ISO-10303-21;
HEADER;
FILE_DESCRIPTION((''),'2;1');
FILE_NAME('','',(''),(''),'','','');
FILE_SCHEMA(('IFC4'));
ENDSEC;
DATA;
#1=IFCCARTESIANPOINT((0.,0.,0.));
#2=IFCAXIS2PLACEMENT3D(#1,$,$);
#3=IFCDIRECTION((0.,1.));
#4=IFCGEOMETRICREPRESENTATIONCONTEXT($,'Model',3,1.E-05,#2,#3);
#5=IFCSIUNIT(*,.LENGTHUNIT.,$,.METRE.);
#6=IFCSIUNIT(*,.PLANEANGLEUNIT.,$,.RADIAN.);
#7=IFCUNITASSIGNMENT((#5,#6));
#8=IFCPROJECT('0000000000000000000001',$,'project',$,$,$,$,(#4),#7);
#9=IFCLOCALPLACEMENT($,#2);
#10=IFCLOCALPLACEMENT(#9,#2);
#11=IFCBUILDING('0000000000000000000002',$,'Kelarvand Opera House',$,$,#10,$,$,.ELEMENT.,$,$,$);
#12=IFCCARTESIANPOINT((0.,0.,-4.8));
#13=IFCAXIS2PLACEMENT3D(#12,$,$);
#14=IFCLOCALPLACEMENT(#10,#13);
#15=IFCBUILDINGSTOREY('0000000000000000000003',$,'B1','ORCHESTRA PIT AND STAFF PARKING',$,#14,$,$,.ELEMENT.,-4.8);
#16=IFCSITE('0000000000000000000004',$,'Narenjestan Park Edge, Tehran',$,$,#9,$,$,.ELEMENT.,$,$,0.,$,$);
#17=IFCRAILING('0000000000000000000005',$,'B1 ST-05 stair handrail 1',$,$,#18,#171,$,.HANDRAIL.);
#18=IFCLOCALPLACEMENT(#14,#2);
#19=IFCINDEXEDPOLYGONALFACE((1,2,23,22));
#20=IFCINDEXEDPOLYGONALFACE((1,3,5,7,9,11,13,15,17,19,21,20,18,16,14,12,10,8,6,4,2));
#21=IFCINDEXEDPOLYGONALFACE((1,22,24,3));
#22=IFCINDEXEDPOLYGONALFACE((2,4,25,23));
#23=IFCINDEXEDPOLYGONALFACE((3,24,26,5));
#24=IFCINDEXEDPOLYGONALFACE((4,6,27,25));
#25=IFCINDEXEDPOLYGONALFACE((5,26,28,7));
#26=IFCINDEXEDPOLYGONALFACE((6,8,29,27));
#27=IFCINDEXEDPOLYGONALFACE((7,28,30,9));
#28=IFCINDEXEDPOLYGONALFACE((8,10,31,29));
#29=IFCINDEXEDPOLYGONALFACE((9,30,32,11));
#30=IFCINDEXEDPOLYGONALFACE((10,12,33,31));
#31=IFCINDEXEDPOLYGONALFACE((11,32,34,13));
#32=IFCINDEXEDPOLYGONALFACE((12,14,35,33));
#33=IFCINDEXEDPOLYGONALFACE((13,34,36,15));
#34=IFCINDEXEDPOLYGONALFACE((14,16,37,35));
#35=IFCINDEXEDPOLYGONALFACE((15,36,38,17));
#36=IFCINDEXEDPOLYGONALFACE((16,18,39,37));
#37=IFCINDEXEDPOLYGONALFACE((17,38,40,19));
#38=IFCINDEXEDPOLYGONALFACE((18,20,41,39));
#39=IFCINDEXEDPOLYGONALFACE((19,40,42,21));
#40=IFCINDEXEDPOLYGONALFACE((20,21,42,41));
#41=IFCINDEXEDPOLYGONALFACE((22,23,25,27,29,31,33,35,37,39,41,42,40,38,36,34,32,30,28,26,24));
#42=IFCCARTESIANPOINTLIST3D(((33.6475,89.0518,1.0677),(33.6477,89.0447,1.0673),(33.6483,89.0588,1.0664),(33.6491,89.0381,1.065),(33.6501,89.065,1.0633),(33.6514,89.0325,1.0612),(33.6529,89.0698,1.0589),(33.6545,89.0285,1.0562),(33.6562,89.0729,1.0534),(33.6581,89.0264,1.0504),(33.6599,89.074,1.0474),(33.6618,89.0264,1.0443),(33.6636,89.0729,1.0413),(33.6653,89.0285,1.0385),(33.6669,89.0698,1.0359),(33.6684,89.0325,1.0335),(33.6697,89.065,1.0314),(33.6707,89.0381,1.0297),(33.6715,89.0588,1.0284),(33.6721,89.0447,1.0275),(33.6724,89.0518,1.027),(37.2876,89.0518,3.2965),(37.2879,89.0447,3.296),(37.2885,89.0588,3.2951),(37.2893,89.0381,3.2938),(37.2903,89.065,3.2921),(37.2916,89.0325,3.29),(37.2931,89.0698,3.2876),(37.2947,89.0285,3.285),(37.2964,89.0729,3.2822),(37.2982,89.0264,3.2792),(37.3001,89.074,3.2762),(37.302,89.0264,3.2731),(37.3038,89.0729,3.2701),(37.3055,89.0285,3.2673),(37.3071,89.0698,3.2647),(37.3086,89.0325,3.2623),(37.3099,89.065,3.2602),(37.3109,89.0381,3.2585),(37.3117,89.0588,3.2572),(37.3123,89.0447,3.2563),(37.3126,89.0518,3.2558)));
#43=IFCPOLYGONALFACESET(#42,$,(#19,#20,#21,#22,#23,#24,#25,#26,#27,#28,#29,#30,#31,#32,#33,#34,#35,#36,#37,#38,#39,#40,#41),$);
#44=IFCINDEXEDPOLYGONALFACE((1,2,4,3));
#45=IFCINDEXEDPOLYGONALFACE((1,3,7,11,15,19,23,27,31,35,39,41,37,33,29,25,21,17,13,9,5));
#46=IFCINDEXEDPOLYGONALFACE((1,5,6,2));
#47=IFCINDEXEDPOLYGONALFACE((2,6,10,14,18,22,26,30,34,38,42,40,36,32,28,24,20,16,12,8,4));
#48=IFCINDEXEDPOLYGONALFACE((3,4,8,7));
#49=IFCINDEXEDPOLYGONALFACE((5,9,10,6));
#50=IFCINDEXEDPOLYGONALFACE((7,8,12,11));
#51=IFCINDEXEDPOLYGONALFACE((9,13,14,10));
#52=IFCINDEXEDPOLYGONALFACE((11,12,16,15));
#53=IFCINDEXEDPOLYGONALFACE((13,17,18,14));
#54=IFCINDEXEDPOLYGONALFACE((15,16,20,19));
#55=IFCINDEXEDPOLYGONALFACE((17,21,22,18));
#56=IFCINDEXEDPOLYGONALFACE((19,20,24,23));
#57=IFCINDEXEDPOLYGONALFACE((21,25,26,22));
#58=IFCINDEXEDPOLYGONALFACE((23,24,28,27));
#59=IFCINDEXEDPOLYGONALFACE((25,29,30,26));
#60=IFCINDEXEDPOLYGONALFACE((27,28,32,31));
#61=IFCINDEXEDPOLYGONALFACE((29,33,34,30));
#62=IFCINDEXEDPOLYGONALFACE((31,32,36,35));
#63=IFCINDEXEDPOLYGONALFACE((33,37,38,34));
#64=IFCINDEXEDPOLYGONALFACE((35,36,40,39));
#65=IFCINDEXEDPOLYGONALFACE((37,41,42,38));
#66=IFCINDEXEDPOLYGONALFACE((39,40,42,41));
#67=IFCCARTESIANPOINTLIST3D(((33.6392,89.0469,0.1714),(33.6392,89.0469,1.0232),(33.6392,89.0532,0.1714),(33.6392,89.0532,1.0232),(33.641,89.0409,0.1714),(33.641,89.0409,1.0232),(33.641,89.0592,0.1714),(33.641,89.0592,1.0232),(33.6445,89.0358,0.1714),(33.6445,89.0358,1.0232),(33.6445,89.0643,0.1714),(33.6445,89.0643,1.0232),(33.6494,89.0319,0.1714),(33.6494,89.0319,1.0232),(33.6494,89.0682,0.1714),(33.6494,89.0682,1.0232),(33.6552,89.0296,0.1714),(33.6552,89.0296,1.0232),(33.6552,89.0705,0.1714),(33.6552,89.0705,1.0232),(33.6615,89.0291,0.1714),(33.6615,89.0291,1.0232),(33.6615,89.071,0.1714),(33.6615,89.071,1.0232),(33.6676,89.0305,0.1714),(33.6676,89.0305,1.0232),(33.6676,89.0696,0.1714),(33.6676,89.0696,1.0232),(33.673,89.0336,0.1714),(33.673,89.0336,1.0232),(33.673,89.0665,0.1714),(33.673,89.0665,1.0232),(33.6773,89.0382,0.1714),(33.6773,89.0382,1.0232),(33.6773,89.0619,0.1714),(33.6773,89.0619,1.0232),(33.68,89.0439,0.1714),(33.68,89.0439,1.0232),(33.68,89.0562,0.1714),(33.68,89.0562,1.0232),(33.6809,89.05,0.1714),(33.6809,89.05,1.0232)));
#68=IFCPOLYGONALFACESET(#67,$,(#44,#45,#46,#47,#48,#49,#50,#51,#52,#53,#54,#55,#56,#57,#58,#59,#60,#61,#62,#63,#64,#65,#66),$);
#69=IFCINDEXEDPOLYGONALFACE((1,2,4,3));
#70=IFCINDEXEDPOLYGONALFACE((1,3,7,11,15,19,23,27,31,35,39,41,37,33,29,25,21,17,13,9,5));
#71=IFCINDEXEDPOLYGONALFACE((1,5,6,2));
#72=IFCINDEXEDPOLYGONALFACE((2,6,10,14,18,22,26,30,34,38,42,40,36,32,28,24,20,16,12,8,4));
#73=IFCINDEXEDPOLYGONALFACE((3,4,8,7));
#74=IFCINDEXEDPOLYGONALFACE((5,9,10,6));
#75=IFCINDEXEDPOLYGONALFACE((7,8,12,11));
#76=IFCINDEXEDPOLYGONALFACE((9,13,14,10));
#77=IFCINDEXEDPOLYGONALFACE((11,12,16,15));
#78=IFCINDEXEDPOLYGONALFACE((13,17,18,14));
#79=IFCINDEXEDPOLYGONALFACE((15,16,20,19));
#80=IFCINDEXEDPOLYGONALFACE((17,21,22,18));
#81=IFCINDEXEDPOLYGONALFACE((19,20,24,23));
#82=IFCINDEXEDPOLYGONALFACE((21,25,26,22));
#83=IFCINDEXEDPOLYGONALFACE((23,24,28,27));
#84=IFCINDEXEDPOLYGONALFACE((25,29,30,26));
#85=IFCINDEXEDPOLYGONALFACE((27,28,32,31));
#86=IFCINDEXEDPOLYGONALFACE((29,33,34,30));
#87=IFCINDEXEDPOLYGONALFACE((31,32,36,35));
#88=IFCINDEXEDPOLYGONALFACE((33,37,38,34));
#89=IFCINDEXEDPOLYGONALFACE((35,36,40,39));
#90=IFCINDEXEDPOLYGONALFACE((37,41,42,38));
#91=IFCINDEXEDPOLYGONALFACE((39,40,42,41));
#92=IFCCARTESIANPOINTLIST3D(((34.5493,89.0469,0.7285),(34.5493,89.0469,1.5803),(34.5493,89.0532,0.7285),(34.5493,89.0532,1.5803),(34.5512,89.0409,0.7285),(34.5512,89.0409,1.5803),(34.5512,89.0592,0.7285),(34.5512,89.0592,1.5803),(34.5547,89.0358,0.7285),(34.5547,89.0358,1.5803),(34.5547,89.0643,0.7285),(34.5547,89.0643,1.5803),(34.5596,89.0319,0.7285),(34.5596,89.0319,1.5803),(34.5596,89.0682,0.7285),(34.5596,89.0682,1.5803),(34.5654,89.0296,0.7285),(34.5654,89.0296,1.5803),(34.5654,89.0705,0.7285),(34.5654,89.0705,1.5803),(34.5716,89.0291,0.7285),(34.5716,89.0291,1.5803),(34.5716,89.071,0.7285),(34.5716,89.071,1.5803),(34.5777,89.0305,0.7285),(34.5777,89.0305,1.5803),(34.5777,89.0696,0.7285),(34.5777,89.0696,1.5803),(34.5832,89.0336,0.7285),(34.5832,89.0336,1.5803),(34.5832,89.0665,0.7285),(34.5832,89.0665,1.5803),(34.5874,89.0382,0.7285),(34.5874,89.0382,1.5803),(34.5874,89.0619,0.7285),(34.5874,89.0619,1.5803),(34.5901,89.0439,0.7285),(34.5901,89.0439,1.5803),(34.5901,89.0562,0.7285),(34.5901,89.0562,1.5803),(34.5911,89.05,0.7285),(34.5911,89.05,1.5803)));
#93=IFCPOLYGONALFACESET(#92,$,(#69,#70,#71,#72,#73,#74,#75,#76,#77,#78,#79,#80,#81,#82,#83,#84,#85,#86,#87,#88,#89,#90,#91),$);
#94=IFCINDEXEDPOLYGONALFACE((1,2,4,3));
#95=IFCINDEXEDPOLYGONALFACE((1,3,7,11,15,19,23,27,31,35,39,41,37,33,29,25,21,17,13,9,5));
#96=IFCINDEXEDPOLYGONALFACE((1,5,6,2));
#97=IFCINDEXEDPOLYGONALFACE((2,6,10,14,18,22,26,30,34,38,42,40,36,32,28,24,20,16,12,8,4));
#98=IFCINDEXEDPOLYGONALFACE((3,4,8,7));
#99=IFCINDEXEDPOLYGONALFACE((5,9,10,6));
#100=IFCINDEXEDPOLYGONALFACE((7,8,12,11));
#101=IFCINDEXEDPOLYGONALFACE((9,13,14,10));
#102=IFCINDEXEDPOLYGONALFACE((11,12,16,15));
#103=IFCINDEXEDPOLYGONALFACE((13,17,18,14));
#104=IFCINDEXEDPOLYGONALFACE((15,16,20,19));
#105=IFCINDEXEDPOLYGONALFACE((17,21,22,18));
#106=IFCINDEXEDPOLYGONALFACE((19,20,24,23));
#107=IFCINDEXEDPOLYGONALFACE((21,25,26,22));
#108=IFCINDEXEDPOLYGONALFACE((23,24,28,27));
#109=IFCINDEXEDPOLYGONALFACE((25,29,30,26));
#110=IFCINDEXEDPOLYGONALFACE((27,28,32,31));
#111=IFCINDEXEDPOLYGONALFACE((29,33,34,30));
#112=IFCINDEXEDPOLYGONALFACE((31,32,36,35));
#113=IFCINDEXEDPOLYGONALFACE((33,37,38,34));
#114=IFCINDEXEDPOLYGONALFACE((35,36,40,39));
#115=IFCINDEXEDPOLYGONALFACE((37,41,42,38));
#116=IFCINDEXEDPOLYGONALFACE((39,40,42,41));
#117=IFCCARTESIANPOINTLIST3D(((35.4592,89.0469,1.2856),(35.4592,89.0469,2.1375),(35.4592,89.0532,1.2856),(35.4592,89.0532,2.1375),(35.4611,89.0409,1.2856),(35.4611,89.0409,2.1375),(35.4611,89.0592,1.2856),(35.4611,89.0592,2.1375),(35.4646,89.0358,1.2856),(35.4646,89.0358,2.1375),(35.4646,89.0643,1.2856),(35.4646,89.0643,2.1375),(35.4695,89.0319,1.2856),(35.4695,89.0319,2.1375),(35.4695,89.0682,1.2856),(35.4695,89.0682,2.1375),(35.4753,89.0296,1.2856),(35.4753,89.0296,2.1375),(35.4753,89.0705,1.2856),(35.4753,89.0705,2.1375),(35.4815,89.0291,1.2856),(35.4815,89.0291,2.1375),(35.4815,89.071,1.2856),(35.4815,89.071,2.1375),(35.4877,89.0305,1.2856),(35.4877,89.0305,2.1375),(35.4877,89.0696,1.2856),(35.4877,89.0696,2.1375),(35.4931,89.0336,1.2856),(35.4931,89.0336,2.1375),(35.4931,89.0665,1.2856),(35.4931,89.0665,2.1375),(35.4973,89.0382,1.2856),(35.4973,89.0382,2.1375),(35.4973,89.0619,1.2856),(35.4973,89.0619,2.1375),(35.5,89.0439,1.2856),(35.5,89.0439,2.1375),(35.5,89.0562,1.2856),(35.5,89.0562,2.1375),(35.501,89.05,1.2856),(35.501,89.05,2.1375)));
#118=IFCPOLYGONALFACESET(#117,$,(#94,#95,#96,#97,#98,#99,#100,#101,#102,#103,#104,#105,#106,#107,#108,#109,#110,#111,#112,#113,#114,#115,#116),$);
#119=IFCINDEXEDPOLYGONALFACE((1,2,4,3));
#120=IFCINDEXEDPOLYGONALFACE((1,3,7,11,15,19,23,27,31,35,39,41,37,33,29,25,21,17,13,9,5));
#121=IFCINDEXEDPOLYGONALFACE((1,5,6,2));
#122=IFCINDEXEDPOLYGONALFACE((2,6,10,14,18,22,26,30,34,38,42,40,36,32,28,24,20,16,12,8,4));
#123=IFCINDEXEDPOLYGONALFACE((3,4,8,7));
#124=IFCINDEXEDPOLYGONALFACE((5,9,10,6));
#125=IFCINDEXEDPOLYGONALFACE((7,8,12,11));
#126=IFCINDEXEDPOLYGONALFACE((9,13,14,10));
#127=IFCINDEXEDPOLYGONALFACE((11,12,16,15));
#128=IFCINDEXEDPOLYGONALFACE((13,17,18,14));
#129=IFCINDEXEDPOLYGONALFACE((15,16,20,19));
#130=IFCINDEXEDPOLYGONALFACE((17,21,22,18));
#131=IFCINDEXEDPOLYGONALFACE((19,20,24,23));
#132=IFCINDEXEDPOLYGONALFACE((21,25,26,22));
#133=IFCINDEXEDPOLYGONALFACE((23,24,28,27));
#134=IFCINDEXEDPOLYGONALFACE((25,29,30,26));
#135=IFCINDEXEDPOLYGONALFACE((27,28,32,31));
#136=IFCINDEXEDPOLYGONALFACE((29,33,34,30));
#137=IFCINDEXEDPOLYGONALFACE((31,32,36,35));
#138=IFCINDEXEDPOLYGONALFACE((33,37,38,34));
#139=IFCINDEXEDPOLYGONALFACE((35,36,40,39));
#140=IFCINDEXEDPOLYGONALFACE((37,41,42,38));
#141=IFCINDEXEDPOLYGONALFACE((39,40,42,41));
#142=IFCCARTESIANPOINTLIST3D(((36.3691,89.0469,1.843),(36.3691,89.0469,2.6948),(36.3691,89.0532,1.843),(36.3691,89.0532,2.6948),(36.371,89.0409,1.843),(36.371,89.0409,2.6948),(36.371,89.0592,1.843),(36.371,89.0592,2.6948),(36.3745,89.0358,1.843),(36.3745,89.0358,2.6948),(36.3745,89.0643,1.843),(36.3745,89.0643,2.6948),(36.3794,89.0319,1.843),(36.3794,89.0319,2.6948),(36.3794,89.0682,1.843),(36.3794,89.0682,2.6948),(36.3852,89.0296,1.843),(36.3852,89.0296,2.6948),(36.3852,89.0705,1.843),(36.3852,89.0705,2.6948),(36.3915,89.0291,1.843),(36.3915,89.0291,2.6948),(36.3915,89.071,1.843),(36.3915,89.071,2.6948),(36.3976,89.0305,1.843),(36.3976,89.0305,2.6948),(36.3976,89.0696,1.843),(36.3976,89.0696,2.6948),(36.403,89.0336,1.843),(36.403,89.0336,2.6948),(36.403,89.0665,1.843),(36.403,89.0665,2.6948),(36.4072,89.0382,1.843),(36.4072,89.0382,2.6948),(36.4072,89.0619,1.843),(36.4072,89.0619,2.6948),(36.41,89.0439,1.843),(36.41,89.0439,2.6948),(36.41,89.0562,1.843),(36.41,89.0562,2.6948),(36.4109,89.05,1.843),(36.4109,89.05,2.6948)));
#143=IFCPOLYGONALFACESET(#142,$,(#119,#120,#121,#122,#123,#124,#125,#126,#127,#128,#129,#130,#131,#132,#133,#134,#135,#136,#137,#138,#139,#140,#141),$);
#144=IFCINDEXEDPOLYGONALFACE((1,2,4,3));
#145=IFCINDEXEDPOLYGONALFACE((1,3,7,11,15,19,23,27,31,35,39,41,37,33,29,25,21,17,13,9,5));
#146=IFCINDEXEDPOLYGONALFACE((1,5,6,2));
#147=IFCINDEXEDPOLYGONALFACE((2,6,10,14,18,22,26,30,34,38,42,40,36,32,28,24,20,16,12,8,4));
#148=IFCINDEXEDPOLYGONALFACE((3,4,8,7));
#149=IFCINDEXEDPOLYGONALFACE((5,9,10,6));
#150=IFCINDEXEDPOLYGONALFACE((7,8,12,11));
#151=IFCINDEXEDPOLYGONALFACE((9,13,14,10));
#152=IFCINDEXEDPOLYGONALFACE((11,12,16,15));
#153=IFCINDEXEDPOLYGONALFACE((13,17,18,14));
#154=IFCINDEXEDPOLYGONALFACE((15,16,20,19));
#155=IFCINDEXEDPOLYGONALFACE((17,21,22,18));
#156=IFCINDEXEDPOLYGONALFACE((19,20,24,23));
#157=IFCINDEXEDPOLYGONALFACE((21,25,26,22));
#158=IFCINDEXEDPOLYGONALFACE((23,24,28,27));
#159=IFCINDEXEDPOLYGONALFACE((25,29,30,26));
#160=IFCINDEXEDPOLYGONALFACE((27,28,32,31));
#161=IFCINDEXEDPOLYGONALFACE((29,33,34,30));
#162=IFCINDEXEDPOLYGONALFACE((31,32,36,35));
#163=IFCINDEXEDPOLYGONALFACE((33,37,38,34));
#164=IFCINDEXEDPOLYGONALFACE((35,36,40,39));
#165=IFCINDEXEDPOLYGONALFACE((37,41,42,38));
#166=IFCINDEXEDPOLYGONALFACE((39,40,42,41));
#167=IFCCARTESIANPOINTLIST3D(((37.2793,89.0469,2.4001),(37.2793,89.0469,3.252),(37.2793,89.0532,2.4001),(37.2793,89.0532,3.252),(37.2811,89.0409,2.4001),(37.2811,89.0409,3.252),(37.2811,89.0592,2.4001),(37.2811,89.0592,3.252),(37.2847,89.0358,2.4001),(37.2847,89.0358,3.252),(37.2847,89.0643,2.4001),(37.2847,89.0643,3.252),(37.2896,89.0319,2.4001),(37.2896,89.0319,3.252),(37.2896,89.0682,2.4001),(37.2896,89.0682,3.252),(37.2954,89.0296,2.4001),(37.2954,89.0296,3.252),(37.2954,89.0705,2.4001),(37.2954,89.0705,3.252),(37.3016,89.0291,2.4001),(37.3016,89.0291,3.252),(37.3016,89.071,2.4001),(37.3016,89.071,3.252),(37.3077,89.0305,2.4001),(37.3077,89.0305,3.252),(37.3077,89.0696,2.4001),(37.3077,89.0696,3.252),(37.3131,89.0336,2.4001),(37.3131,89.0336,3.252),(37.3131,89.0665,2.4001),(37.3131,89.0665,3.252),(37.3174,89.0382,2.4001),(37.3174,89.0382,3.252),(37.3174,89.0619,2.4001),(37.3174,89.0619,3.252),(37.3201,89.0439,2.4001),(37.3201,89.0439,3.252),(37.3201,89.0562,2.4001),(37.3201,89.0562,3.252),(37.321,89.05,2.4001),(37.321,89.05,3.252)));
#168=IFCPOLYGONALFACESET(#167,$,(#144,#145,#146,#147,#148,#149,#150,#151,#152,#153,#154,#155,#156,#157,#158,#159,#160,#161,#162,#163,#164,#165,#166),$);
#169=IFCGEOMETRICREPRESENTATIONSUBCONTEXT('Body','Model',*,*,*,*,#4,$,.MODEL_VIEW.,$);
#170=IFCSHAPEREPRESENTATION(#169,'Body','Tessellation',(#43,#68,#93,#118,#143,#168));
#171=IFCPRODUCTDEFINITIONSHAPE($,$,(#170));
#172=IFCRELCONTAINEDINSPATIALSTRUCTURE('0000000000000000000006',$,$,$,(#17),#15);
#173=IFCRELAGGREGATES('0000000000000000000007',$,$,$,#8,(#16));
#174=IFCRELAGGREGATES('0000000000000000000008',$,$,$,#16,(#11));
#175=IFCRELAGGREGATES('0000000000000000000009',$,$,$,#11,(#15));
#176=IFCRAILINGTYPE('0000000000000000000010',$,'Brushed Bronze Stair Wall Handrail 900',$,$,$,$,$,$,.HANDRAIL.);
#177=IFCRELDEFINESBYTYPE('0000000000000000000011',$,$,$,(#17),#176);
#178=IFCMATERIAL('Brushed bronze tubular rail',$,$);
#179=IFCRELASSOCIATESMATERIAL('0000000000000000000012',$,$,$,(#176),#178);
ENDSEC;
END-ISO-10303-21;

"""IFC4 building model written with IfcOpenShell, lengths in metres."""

from ifc_helpers import new_model, si_unit, direction, frame, origin, origin_2d, place, context, subcontext, project, spatial, circle, extrude, material, type_object, element, save


model = new_model("IFC4")

# Units and contexts
model_context = context("Model", 3, precision=1e-05, world=origin(), true_north=direction((0.0, 1.0)))
body_context = subcontext(model_context, "Body", "Model", "MODEL_VIEW")
ifc_project = project(units=[si_unit("LENGTHUNIT", "METRE"), si_unit("PLANEANGLEUNIT", "RADIAN")], contexts=[model_context])

# Site, building, storey
site_placement = place(None, origin())
site = spatial("IfcSite", under=ifc_project, at=site_placement, Name="Narenjestan Park Edge, Tehran", CompositionType="ELEMENT", RefElevation=0.0)
building_placement = place(site_placement, origin())
building = spatial("IfcBuilding", under=site, at=building_placement, Name="Kelarvand Opera House", CompositionType="ELEMENT")
storey_placement = place(building_placement, frame((0.0, 0.0, -4.8)))
storey = spatial("IfcBuildingStorey", under=building, at=storey_placement, Name="B1", Description="ORCHESTRA PIT AND STAFF PARKING", CompositionType="ELEMENT", Elevation=-4.8)

# Railing
ifc_material_1 = material(Name="Brushed bronze tubular rail")
railing_type_1 = type_object("IfcRailingType", Name="Brushed Bronze Stair Wall Handrail 900", PredefinedType="HANDRAIL", material=ifc_material_1)
railing_1_placement = place(storey_placement, frame((33.6599, 89.05, 0.1714)))
element("IfcRailing", 1, at=railing_1_placement, inside=storey, type_object=railing_type_1, Name="B1 ST-05 stair handrail 1", PredefinedType="HANDRAIL", context=body_context, shape_type="SweptSolid", body=[
    extrude(circle(Radius=0.0239, at=origin_2d()), frame((0.0, 0.0, 0.876), z_axis=(0.85284, 0.0, 0.522172), x_axis=(0.0, 1.0, 0.0)), (0.0, 0.0, 1.0), 4.2683),
    extrude(circle(Radius=0.021, at=origin_2d()), origin(), (0.0, 0.0, 1.0), 0.8518),
    extrude(circle(Radius=0.021, at=origin_2d()), frame((0.9102, 0.0, 0.5571)), (0.0, 0.0, 1.0), 0.8518),
    extrude(circle(Radius=0.021, at=origin_2d()), frame((1.8201, 0.0, 1.1143)), (0.0, 0.0, 1.0), 0.8518),
    extrude(circle(Radius=0.021, at=origin_2d()), frame((2.73, 0.0, 1.6716)), (0.0, 0.0, 1.0), 0.8518),
    extrude(circle(Radius=0.021, at=origin_2d()), frame((3.6401, 0.0, 2.2288)), (0.0, 0.0, 1.0), 0.8518),
])

save(model, "model.ifc")
